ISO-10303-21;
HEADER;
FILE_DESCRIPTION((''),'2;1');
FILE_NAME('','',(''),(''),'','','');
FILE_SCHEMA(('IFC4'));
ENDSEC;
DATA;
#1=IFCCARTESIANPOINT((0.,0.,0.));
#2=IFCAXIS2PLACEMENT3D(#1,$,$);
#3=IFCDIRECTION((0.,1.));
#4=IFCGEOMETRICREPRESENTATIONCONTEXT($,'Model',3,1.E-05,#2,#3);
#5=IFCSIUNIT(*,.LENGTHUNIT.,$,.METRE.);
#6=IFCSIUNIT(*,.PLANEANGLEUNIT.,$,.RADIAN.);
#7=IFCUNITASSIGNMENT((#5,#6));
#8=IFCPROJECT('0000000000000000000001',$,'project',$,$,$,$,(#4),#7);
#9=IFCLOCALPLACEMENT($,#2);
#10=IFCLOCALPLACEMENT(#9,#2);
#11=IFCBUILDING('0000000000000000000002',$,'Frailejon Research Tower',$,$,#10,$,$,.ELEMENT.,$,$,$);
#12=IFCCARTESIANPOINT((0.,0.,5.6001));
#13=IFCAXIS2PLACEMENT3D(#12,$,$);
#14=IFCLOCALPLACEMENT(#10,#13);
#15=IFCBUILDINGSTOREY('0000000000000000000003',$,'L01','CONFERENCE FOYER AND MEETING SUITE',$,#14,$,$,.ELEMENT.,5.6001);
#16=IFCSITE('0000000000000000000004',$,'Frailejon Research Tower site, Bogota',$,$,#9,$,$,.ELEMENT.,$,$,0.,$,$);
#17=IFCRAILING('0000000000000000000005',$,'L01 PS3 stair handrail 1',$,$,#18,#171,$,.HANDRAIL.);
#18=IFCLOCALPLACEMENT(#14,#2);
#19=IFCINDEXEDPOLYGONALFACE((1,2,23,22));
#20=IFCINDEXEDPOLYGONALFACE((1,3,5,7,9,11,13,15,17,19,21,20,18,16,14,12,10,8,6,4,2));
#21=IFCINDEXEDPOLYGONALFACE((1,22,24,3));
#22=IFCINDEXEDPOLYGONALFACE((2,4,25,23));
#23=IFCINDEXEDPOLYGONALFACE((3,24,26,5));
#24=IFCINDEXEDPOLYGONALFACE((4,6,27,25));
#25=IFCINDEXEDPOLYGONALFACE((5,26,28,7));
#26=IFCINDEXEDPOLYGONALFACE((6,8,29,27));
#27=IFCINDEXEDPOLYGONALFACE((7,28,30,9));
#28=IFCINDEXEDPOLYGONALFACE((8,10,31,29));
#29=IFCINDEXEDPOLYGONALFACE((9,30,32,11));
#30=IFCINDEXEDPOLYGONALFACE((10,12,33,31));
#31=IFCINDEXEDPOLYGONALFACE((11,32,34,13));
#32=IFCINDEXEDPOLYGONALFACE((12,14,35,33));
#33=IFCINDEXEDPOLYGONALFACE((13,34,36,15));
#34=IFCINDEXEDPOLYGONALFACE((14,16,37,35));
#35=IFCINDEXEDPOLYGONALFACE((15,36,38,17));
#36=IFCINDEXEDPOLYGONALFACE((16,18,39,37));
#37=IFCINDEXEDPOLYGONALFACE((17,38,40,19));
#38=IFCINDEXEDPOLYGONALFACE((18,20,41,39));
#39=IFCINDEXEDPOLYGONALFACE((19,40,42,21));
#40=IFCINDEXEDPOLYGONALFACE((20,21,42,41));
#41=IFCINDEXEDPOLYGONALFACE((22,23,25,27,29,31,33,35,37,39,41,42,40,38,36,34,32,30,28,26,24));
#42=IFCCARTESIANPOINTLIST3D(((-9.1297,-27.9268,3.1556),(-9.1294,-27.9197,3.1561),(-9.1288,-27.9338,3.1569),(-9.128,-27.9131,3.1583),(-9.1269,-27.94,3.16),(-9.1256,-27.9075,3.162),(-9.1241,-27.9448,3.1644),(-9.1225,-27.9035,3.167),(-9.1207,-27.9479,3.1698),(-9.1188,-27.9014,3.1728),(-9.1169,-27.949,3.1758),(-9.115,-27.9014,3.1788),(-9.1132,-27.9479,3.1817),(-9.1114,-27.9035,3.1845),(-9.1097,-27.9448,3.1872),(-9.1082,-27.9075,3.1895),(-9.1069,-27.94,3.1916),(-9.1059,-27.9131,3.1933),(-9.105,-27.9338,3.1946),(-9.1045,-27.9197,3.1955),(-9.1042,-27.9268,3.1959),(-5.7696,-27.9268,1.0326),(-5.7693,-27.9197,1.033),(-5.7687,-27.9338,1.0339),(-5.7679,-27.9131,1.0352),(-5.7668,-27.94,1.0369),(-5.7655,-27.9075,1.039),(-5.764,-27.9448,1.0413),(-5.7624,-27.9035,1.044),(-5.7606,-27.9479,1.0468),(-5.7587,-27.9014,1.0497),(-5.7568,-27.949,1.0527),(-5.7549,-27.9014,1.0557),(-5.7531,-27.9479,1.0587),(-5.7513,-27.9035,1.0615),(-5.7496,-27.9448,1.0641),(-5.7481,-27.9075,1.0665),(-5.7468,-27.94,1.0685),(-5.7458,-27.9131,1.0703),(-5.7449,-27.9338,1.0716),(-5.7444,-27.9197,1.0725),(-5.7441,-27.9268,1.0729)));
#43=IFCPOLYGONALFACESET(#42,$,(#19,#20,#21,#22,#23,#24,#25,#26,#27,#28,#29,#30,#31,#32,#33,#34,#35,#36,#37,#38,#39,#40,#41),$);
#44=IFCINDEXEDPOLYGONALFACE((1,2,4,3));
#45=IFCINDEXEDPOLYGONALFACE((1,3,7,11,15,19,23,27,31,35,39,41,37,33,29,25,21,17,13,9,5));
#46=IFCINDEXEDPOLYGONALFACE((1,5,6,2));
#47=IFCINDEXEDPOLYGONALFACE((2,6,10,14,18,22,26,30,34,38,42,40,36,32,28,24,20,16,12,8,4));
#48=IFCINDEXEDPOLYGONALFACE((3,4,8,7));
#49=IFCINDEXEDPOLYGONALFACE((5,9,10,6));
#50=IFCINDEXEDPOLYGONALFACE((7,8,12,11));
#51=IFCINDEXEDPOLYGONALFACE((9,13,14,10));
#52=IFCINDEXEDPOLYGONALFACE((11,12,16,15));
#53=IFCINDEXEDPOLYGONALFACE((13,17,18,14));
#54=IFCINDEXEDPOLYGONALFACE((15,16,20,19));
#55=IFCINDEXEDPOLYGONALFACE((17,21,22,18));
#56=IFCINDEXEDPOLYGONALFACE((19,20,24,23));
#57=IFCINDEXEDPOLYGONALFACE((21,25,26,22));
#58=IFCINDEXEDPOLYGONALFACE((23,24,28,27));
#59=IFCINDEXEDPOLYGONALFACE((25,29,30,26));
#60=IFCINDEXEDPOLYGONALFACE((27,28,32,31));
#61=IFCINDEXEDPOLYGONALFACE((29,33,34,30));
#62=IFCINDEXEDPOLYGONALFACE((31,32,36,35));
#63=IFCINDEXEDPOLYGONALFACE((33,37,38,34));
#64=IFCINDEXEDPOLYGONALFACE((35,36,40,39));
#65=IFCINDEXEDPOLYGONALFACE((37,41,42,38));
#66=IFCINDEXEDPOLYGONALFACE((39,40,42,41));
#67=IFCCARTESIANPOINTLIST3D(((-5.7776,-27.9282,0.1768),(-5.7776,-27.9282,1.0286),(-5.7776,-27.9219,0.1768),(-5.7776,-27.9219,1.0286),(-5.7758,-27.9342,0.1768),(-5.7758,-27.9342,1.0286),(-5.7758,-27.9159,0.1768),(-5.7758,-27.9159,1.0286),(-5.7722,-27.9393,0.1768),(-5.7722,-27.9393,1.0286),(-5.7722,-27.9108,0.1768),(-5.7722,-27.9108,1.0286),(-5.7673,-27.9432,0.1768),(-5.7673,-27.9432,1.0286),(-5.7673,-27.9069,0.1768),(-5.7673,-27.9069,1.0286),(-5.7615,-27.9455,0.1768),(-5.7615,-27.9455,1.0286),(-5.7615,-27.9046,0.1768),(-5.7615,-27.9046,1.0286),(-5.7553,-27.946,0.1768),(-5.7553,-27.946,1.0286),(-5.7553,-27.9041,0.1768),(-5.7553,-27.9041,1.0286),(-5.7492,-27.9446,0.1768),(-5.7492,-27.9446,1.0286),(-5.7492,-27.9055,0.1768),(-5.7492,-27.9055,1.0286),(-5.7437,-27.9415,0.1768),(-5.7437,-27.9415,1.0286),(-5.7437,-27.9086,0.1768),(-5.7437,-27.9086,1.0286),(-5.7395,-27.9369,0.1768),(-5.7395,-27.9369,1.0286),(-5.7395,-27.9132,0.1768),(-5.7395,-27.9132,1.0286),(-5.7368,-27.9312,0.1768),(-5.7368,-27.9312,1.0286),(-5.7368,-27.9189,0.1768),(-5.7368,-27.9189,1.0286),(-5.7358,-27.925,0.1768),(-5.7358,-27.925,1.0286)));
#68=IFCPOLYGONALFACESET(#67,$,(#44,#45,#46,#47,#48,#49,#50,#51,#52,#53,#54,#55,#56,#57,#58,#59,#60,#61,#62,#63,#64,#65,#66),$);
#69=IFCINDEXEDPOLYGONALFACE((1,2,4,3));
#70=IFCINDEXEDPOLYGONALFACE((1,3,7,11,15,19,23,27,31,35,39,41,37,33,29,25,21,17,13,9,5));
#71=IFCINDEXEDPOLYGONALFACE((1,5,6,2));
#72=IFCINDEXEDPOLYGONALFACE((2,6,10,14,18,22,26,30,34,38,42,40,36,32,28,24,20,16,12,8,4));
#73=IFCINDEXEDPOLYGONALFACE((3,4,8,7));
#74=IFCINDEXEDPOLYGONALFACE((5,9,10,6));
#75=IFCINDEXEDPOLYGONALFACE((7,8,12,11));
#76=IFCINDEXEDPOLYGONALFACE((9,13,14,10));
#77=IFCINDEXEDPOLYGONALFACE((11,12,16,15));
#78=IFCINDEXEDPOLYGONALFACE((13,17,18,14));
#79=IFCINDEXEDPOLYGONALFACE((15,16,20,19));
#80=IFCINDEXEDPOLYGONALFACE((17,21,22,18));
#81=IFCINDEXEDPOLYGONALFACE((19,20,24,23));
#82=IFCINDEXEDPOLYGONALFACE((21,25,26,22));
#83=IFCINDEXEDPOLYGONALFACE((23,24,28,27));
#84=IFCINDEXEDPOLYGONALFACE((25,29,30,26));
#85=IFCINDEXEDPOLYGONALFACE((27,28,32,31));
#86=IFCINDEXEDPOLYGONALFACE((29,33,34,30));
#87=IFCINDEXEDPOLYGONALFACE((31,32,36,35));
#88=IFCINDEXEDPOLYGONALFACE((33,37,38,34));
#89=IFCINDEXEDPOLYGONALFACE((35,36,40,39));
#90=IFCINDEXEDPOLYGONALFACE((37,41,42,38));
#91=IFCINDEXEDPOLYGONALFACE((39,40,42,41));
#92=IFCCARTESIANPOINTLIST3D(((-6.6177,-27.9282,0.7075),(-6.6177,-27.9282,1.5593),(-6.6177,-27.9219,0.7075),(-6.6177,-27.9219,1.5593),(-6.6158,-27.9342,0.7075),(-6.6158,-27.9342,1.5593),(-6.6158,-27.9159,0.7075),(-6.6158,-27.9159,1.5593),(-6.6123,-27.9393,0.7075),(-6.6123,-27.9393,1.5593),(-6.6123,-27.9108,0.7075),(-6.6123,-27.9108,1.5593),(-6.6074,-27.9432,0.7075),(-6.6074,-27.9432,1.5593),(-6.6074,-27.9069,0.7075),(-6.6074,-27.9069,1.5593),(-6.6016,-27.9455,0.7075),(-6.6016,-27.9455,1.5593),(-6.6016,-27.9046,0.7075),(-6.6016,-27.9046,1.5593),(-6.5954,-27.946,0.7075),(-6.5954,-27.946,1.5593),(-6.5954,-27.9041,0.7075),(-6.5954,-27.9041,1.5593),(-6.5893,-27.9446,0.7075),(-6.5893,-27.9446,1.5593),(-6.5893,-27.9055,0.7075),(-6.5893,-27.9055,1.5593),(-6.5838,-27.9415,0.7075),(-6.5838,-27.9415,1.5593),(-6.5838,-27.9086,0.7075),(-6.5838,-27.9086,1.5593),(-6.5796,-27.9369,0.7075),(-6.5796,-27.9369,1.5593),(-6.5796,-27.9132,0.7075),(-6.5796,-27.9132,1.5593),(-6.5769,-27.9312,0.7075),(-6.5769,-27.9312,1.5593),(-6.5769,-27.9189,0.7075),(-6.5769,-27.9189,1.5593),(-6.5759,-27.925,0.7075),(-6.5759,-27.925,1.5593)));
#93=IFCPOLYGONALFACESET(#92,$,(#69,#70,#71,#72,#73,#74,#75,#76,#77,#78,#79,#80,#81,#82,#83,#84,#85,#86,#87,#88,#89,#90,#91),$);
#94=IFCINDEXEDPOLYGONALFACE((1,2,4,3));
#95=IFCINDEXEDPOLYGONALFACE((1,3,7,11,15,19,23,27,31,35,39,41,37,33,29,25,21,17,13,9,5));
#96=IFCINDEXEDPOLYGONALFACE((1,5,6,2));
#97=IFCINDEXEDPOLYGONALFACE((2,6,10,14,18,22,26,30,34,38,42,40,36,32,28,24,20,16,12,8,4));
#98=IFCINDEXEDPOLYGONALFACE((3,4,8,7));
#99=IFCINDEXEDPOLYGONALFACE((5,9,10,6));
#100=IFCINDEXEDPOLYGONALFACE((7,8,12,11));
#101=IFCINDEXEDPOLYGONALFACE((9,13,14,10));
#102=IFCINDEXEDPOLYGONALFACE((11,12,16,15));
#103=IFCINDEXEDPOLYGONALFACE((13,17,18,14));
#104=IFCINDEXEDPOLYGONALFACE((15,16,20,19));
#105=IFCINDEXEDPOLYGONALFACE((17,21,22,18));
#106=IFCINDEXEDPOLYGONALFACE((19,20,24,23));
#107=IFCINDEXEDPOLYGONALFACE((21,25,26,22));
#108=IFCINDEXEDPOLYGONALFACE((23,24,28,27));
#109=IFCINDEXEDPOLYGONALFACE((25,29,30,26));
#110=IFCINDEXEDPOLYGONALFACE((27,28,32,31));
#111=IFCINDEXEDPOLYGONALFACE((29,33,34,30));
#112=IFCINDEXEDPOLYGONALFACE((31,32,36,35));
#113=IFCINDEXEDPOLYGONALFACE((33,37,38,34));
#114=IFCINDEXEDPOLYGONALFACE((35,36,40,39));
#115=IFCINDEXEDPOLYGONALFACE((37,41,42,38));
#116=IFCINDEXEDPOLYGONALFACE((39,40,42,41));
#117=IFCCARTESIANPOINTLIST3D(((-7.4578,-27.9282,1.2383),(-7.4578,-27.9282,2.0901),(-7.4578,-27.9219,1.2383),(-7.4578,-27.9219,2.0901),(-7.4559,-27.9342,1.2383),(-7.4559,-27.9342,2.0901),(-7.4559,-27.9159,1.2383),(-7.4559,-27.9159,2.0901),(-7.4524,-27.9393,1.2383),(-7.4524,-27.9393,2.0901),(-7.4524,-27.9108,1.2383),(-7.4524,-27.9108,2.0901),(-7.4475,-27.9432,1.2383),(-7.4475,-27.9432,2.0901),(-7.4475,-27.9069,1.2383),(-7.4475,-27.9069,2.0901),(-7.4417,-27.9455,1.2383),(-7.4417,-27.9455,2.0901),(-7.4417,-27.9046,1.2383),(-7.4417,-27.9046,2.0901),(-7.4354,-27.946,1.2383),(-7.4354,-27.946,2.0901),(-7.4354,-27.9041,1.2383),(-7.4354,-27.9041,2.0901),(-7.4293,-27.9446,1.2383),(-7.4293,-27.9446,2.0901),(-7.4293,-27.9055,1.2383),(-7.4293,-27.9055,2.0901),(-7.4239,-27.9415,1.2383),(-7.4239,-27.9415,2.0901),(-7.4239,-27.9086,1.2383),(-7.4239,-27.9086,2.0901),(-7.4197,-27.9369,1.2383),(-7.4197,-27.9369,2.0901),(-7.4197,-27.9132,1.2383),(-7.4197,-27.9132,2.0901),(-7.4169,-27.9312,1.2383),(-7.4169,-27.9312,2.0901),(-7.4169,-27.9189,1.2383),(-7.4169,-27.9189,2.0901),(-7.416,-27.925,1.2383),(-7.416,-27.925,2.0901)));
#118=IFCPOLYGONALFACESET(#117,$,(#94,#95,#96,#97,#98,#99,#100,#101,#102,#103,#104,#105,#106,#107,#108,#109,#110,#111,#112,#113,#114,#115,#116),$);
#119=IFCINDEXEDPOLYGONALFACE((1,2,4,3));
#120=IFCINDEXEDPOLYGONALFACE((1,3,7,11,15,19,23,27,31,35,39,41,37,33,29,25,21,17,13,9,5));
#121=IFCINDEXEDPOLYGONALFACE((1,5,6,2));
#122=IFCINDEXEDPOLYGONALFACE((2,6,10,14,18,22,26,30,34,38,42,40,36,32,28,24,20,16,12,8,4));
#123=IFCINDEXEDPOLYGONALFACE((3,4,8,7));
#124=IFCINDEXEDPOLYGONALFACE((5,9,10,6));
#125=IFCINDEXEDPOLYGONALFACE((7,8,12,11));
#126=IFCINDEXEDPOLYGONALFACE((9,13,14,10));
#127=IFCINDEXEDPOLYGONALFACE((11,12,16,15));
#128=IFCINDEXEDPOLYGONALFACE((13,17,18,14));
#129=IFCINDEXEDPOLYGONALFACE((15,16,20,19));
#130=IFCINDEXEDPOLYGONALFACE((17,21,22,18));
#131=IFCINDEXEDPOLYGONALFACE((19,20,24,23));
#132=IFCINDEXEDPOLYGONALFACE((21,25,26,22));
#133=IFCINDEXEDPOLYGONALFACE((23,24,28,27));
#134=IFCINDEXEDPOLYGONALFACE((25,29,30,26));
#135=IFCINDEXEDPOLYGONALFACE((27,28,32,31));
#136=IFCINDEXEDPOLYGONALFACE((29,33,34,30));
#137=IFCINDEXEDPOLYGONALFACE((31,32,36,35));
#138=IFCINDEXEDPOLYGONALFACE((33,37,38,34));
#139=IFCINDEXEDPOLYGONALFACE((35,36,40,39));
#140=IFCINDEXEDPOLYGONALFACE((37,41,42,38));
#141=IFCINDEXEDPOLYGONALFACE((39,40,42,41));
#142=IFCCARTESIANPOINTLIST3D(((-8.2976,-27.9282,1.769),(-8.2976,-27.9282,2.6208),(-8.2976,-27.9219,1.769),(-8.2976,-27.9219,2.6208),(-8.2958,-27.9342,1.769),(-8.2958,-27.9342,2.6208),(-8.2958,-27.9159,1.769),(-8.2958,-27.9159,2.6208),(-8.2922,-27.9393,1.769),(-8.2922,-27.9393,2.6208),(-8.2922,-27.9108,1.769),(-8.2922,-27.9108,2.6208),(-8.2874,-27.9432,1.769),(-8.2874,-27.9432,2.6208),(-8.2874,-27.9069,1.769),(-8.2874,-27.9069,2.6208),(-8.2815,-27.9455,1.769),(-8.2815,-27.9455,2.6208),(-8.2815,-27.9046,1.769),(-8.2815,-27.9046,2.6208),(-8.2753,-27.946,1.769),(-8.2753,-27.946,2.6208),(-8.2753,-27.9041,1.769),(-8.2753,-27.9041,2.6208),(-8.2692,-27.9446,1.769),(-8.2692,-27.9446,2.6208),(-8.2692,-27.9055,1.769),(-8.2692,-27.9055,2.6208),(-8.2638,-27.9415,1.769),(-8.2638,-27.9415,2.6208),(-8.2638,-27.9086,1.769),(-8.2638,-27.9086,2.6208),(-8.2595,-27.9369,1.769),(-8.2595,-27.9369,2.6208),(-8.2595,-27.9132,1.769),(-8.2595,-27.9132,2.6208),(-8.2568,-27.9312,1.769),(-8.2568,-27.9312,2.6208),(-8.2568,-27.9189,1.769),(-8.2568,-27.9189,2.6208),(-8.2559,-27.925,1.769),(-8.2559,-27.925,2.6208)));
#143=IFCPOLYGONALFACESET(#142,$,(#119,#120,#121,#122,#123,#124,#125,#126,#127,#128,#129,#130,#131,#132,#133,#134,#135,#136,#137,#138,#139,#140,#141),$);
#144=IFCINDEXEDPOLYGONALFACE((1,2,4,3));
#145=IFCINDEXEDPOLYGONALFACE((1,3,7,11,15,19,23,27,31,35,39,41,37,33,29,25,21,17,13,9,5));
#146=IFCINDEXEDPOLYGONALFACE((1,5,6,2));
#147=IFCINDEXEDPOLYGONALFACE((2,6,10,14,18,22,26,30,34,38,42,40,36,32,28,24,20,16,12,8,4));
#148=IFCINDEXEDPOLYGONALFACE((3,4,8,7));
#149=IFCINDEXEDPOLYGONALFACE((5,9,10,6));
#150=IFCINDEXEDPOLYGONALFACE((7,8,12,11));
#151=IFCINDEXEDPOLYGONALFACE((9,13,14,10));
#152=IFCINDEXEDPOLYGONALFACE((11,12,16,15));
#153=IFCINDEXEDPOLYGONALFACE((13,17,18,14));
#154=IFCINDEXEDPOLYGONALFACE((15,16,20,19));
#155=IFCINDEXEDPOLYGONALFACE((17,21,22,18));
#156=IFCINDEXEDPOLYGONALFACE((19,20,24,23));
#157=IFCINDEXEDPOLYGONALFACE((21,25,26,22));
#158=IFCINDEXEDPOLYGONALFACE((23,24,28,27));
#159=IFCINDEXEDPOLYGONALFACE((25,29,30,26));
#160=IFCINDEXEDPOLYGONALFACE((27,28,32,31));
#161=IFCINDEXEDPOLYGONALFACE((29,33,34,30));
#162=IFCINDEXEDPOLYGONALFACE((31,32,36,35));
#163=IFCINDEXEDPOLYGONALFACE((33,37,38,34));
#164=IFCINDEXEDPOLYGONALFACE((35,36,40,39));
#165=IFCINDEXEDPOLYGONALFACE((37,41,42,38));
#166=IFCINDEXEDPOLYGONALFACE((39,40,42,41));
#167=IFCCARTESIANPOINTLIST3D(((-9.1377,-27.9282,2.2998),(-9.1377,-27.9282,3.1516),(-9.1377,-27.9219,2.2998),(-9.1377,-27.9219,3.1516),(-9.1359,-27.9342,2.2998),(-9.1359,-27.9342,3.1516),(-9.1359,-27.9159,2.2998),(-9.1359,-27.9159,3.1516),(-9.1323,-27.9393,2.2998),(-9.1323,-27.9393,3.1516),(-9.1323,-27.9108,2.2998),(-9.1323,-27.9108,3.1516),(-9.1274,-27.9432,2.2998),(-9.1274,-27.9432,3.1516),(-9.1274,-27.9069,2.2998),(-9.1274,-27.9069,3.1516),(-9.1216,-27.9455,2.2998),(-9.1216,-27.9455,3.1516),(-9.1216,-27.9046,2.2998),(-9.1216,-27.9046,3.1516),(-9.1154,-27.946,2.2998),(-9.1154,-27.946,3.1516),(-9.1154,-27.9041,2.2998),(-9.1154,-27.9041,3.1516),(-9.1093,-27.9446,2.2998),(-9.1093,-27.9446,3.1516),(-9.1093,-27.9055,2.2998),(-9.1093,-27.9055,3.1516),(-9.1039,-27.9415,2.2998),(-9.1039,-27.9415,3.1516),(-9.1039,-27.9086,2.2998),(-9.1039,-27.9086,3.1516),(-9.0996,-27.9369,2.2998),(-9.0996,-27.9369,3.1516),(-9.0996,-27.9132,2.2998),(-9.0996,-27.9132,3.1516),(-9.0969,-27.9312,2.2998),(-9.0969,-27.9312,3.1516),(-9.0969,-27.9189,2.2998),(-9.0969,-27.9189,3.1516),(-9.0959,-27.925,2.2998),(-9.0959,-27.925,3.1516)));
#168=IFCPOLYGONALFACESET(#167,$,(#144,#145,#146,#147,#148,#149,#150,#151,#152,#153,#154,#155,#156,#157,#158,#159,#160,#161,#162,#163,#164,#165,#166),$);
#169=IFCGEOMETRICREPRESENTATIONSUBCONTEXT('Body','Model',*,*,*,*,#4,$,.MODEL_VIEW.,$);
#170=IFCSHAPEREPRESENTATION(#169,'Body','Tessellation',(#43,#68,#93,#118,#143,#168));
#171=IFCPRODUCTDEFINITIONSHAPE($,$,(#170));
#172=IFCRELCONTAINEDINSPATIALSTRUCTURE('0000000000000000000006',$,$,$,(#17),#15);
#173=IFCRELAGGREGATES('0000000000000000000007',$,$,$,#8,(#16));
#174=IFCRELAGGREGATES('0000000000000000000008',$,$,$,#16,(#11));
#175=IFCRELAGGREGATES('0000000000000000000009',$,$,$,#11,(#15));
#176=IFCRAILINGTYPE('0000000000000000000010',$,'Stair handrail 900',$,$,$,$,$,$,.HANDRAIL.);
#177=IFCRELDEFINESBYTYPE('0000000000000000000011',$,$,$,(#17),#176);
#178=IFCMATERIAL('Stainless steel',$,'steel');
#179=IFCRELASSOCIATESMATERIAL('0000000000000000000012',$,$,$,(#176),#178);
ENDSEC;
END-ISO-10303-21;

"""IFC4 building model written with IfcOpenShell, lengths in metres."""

from ifc_helpers import new_model, si_unit, direction, frame, origin, origin_2d, place, context, subcontext, project, spatial, circle, extrude, material, type_object, element, save


model = new_model("IFC4")

# Units and contexts
model_context = context("Model", 3, precision=1e-05, world=origin(), true_north=direction((0.0, 1.0)))
body_context = subcontext(model_context, "Body", "Model", "MODEL_VIEW")
ifc_project = project(units=[si_unit("LENGTHUNIT", "METRE"), si_unit("PLANEANGLEUNIT", "RADIAN")], contexts=[model_context])

# Site, building, storey
site_placement = place(None, origin())
site = spatial("IfcSite", under=ifc_project, at=site_placement, Name="Frailejon Research Tower site, Bogota", CompositionType="ELEMENT", RefElevation=0.0)
building_placement = place(site_placement, origin())
building = spatial("IfcBuilding", under=site, at=building_placement, Name="Frailejon Research Tower", CompositionType="ELEMENT")
storey_placement = place(building_placement, frame((0.0, 0.0, 5.6001)))
storey = spatial("IfcBuildingStorey", under=building, at=storey_placement, Name="L01", Description="CONFERENCE FOYER AND MEETING SUITE", CompositionType="ELEMENT", Elevation=5.6001)

# Railing
ifc_material_1 = material(Name="Stainless steel", Category="steel")
railing_type_1 = type_object("IfcRailingType", Name="Stair handrail 900", PredefinedType="HANDRAIL", material=ifc_material_1)
railing_1_placement = place(storey_placement, frame((-5.7568, -27.925, 0.1768)))
element("IfcRailing", 1, at=railing_1_placement, inside=storey, type_object=railing_type_1, Name="L01 PS3 stair handrail 1", PredefinedType="HANDRAIL", context=body_context, shape_type="SweptSolid", body=[
    extrude(circle(Radius=0.0239, at=origin_2d()), frame((0.0, 0.0, 0.876), z_axis=(-0.84539, 0.0, 0.53415), x_axis=(0.0, -1.0, 0.0)), (0.0, 0.0, 1.0), 3.9746),
    extrude(circle(Radius=0.021, at=origin_2d()), origin(), (0.0, 0.0, 1.0), 0.8518),
    extrude(circle(Radius=0.021, at=origin_2d()), frame((-0.8401, 0.0, 0.5308)), (0.0, 0.0, 1.0), 0.8518),
    extrude(circle(Radius=0.021, at=origin_2d()), frame((-1.6802, 0.0, 1.0615)), (0.0, 0.0, 1.0), 0.8518),
    extrude(circle(Radius=0.021, at=origin_2d()), frame((-2.52, 0.0, 1.5923)), (0.0, 0.0, 1.0), 0.8518),
    extrude(circle(Radius=0.021, at=origin_2d()), frame((-3.3601, 0.0, 2.123)), (0.0, 0.0, 1.0), 0.8518),
])

save(model, "model.ifc")
